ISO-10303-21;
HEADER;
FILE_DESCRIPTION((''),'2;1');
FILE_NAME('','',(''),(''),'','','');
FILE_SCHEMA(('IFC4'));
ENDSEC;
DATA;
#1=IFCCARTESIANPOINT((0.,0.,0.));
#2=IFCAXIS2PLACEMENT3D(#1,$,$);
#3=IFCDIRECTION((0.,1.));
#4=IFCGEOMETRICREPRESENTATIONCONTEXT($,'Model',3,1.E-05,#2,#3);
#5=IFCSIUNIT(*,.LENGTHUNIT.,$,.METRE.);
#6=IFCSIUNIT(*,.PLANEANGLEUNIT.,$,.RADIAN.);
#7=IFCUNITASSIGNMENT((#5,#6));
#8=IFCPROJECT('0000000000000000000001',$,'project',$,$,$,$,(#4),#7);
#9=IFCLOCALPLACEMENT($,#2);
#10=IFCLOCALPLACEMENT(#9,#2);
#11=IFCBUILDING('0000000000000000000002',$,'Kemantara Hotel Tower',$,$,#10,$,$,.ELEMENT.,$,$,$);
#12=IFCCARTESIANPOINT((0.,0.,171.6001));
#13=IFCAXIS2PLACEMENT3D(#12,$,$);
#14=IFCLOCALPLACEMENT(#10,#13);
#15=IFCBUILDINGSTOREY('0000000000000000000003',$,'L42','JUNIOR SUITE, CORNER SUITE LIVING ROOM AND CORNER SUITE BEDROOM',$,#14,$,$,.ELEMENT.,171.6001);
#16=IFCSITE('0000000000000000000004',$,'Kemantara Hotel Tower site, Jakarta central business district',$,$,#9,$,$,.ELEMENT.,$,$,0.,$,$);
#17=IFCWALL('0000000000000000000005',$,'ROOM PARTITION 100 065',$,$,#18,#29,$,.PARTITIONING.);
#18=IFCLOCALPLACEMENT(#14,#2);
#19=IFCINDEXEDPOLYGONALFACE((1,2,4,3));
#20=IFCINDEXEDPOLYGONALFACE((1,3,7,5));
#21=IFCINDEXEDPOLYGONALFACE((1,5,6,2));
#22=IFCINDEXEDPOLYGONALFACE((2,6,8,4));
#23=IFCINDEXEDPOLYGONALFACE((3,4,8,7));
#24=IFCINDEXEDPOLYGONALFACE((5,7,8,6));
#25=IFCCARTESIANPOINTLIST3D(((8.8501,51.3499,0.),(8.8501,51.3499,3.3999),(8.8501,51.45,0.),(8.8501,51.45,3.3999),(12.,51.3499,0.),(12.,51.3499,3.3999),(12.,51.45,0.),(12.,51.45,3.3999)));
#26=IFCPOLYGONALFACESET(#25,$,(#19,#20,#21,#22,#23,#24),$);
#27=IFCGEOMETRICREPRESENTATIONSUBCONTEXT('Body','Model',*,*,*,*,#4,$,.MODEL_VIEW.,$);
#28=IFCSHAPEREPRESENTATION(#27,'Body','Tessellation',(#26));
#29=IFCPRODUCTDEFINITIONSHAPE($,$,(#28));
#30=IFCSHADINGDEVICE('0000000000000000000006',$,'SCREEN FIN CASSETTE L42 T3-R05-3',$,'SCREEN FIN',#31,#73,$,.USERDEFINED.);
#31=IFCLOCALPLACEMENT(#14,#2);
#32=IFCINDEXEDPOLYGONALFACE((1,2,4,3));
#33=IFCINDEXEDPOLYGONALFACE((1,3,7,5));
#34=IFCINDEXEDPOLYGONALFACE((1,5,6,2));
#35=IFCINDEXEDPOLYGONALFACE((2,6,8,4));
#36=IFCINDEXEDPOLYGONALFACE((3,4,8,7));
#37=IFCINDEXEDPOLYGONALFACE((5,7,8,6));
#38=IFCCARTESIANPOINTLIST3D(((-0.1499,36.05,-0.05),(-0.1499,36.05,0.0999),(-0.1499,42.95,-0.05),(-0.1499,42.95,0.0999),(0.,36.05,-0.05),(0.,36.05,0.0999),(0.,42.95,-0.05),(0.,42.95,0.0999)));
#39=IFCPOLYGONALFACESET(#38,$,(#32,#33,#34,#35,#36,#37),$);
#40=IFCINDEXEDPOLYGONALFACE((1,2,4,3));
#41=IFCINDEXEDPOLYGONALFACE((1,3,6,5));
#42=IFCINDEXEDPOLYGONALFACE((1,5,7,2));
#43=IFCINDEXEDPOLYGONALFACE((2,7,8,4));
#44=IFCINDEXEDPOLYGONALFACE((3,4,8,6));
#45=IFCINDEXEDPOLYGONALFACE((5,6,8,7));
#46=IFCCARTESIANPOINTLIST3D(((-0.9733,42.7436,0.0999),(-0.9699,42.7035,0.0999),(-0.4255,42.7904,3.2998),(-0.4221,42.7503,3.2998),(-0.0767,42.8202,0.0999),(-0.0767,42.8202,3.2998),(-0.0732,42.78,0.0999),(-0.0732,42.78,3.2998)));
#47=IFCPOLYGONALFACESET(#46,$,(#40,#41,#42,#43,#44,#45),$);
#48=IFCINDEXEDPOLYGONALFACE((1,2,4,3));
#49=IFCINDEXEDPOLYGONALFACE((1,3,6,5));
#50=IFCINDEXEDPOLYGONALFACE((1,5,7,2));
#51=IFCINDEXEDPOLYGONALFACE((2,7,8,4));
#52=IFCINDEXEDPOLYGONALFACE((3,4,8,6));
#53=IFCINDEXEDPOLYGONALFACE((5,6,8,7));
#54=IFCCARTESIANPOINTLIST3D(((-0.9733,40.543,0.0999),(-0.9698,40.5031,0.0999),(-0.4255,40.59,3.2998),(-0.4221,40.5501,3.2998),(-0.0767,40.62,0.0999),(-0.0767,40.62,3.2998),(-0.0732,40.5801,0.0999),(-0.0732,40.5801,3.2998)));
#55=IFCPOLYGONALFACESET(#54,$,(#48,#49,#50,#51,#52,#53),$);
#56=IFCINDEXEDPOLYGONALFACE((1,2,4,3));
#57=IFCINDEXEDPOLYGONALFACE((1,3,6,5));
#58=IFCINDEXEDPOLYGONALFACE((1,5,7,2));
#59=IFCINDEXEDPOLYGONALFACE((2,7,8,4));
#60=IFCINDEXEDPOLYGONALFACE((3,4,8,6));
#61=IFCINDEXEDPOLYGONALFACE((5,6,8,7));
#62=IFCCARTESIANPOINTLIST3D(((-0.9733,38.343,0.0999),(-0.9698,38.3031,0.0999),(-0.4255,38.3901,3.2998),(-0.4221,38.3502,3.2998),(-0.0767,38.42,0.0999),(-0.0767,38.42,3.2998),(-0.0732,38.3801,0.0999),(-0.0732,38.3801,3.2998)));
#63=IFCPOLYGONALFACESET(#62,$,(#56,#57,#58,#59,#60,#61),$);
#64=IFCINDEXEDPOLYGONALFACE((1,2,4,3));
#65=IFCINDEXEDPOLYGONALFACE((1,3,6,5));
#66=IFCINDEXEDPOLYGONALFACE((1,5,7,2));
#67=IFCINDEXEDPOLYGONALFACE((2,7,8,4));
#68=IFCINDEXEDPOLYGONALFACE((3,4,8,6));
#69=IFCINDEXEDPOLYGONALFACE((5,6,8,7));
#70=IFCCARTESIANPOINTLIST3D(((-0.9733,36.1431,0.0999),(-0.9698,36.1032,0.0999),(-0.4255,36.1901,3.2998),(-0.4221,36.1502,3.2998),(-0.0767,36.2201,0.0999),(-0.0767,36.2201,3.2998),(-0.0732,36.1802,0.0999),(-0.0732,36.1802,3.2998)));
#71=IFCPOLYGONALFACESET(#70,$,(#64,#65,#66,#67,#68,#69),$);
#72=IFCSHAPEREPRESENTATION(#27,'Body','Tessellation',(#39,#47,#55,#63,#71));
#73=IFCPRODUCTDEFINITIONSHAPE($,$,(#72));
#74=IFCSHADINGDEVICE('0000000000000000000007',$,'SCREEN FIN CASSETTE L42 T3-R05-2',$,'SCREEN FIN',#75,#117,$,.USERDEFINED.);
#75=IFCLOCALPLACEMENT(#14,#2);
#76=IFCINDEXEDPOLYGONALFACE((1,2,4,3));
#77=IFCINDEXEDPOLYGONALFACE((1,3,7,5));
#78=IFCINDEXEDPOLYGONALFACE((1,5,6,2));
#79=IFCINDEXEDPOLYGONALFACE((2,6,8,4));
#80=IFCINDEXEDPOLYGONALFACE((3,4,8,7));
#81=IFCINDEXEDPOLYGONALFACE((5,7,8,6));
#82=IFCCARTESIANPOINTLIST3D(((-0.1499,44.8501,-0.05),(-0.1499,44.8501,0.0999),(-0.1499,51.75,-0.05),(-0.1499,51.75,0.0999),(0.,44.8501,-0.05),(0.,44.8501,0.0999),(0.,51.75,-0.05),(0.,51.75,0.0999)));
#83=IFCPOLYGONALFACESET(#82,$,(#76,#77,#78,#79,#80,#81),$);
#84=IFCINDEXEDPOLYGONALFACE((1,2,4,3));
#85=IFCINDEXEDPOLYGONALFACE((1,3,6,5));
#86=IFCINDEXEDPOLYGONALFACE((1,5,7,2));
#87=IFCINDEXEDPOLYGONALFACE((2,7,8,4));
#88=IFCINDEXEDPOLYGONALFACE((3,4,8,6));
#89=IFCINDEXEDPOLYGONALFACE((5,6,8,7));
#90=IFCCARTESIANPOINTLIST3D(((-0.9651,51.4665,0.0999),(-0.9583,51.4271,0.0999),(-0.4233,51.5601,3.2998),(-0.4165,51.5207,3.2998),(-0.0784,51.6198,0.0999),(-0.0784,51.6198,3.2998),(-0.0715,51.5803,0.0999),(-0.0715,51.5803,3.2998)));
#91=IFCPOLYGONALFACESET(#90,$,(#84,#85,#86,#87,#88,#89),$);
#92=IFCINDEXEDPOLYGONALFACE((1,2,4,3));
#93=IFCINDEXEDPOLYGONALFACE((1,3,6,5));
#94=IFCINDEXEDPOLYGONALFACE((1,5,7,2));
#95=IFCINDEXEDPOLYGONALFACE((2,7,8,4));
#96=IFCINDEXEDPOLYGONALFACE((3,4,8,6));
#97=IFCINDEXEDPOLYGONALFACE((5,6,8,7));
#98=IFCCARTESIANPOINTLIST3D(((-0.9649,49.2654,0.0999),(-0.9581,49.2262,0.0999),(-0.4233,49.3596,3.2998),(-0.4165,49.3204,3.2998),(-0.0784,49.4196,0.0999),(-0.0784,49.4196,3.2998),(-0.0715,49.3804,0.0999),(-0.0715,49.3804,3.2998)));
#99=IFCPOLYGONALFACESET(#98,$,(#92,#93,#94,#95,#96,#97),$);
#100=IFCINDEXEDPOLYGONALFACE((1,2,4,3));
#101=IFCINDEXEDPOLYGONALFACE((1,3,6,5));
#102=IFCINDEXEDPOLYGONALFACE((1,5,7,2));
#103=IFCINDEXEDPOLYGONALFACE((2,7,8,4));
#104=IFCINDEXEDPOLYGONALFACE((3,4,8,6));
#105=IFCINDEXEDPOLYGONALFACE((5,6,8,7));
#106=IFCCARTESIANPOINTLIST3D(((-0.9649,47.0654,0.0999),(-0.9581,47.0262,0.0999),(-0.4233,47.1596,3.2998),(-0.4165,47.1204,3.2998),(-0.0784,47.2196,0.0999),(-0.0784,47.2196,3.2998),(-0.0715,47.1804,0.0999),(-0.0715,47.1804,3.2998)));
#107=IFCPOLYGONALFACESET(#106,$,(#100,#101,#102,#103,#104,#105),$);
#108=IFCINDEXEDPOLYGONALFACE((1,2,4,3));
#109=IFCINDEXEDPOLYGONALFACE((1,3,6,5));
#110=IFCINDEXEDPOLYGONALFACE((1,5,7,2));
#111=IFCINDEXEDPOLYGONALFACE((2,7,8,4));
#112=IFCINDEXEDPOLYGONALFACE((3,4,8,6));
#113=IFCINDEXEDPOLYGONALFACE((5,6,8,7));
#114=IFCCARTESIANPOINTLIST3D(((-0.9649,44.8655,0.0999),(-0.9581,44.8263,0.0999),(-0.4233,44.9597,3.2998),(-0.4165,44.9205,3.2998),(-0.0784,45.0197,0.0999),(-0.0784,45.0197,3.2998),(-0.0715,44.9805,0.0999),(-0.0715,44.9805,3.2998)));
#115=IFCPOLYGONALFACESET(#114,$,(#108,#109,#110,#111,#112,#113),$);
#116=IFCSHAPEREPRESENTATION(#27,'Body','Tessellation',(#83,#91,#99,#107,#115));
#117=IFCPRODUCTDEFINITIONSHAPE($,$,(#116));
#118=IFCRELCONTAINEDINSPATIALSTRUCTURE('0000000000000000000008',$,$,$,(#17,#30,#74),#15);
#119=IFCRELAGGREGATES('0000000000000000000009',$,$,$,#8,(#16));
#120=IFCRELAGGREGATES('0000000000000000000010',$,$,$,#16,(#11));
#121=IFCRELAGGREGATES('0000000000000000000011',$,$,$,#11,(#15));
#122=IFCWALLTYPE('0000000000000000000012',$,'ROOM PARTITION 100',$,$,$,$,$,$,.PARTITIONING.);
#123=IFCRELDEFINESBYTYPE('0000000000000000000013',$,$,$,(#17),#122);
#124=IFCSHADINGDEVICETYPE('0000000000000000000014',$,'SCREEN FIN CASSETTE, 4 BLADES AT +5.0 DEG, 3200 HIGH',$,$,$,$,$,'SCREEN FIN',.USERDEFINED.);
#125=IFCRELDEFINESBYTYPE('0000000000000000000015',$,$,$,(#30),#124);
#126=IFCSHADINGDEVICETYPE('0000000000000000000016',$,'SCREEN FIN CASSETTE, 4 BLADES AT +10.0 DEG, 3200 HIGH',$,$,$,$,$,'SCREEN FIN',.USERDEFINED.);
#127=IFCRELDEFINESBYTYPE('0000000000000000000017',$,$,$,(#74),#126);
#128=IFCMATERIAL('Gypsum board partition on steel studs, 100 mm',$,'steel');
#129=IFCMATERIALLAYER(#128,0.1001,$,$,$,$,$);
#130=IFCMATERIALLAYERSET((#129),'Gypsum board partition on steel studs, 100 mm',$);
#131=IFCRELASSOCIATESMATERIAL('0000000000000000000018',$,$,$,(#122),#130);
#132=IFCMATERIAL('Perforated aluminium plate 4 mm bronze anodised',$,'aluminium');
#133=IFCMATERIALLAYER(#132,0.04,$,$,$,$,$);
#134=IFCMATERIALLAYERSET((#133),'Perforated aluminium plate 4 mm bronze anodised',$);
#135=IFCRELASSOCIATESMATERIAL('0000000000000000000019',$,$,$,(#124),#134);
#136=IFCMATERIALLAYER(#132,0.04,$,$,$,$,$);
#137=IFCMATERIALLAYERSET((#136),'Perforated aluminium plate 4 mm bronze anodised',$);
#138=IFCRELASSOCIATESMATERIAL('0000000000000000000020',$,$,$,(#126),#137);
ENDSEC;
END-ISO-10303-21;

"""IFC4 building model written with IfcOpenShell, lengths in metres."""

from ifc_helpers import new_model, si_unit, direction, frame, frame_2d, origin, origin_2d, place, context, subcontext, project, spatial, polyline, rectangle, outline, extrude, source, transform, mapped, material, layer, layer_set, type_object, element, save


model = new_model("IFC4")

# Units and contexts
model_context = context("Model", 3, precision=1e-05, world=origin(), true_north=direction((0.0, 1.0)))
body_context = subcontext(model_context, "Body", "Model", "MODEL_VIEW")
ifc_project = project(units=[si_unit("LENGTHUNIT", "METRE"), si_unit("PLANEANGLEUNIT", "RADIAN")], contexts=[model_context])

# Site, building, storey
site_placement = place(None, origin())
site = spatial("IfcSite", under=ifc_project, at=site_placement, Name="Kemantara Hotel Tower site, Jakarta central business district", CompositionType="ELEMENT", RefElevation=0.0)
building_placement = place(site_placement, origin())
building = spatial("IfcBuilding", under=site, at=building_placement, Name="Kemantara Hotel Tower", CompositionType="ELEMENT")
storey_placement = place(building_placement, frame((0.0, 0.0, 171.6001)))
storey = spatial("IfcBuildingStorey", under=building, at=storey_placement, Name="L42", Description="JUNIOR SUITE, CORNER SUITE LIVING ROOM AND CORNER SUITE BEDROOM", CompositionType="ELEMENT", Elevation=171.6001)

# Shared definitions
ifc_material_1 = material(Name="Gypsum board partition on steel studs, 100 mm", Category="steel")
ifc_layer_1 = layer(ifc_material_1, 0.1001)
ifc_layer_set_1 = layer_set([ifc_layer_1], Name="Gypsum board partition on steel studs, 100 mm")
wall_type_1 = type_object("IfcWallType", Name="ROOM PARTITION 100", PredefinedType="PARTITIONING", material=ifc_layer_set_1)

# Wall
wall_1_placement = place(storey_placement, frame((8.8501, 51.3999, 0.0), z_axis=(0.0, 0.0, 1.0), x_axis=(1.0, 0.0, 0.0)))
element("IfcWall", 1, at=wall_1_placement, inside=storey, type_object=wall_type_1, Name="ROOM PARTITION 100 065", PredefinedType="PARTITIONING", context=body_context, shape_type="SweptSolid", body=[
    extrude(rectangle(XDim=3.1499, YDim=0.1001, at=frame_2d((1.575, 0.0))), origin(), (0.0, 0.0, 1.0), 3.3999),
])

# Shading devices
ifc_material_2 = material(Name="Perforated aluminium plate 4 mm bronze anodised", Category="aluminium")
ifc_layer_2 = layer(ifc_material_2, 0.04)
ifc_layer_set_2 = layer_set([ifc_layer_2], Name="Perforated aluminium plate 4 mm bronze anodised")
shading_device_type_1 = type_object("IfcShadingDeviceType", Name="SCREEN FIN CASSETTE, 4 BLADES AT +5.0 DEG, 3200 HIGH", ElementType="SCREEN FIN", PredefinedType="USERDEFINED", material=ifc_layer_set_2)
shared_shape_1 = source(origin(), body_context, "Body", "SweptSolid", [
    extrude(rectangle(XDim=6.8999, YDim=0.1499, at=origin_2d()), frame((3.3, -0.075, -0.1499), z_axis=(0.0, 0.0, 1.0), x_axis=(1.0, 0.0, 0.0)), (0.0, 0.0, 1.0), 0.1499),
    extrude(outline(polyline([(0.0, 0.0), (0.8999, 0.0), (0.3501, 3.2), (0.0, 3.2), (0.0, 0.0)])), frame((0.02, -0.0732, 0.0), z_axis=(-0.996376, -0.085056, 0.0), x_axis=(0.085056, -0.996376, 0.0)), (0.0, 0.0, 1.0), 0.0403),
    extrude(outline(polyline([(0.0, 0.0), (0.8999, 0.0), (0.3501, 3.2), (0.0, 3.2), (0.0, 0.0)])), frame((2.22, -0.0732, 0.0), z_axis=(-0.996332, -0.085575, 0.0), x_axis=(0.085575, -0.996332, 0.0)), (0.0, 0.0, 1.0), 0.04),
    extrude(outline(polyline([(0.0, 0.0), (0.8999, 0.0), (0.3501, 3.2), (0.0, 3.2), (0.0, 0.0)])), frame((4.4199, -0.0732, 0.0), z_axis=(-0.996332, -0.085575, 0.0), x_axis=(0.085575, -0.996332, 0.0)), (0.0, 0.0, 1.0), 0.04),
    extrude(outline(polyline([(0.0, 0.0), (0.8999, 0.0), (0.3501, 3.2), (0.0, 3.2), (0.0, 0.0)])), frame((6.6199, -0.0732, 0.0), z_axis=(-0.996332, -0.085575, 0.0), x_axis=(0.085575, -0.996332, 0.0)), (0.0, 0.0, 1.0), 0.04),
])
shading_device_1_placement = place(storey_placement, frame((0.0, 42.8, 0.0999), z_axis=(0.0, 0.0, 1.0), x_axis=(0.0, -1.0, 0.0)))
element("IfcShadingDevice", 2, at=shading_device_1_placement, inside=storey, type_object=shading_device_type_1, Name="SCREEN FIN CASSETTE L42 T3-R05-3", ObjectType="SCREEN FIN", PredefinedType="USERDEFINED", context=body_context, shape_type="MappedRepresentation", body=[
    mapped(shared_shape_1, transform((0.0, 0.0, 0.0))),
])
ifc_layer_3 = layer(ifc_material_2, 0.04)
ifc_layer_set_3 = layer_set([ifc_layer_3], Name="Perforated aluminium plate 4 mm bronze anodised")
shading_device_type_2 = type_object("IfcShadingDeviceType", Name="SCREEN FIN CASSETTE, 4 BLADES AT +10.0 DEG, 3200 HIGH", ElementType="SCREEN FIN", PredefinedType="USERDEFINED", material=ifc_layer_set_3)
shared_shape_2 = source(origin(), body_context, "Body", "SweptSolid", [
    extrude(rectangle(XDim=6.8999, YDim=0.1499, at=origin_2d()), frame((3.3, -0.075, -0.1499), z_axis=(0.0, 0.0, 1.0), x_axis=(1.0, 0.0, 0.0)), (0.0, 0.0, 1.0), 0.1499),
    extrude(outline(polyline([(0.0, 0.0), (0.8999, 0.0), (0.3501, 3.2), (0.0, 3.2), (0.0, 0.0)])), frame((0.0198, -0.0715, 0.0), z_axis=(-0.98539, -0.170314, 0.0), x_axis=(0.170314, -0.98539, 0.0)), (0.0, 0.0, 1.0), 0.04),
    extrude(outline(polyline([(0.0, 0.0), (0.8999, 0.0), (0.3501, 3.2), (0.0, 3.2), (0.0, 0.0)])), frame((2.2197, -0.0715, 0.0), z_axis=(-0.985212, -0.171341, 0.0), x_axis=(0.171341, -0.985212, 0.0)), (0.0, 0.0, 1.0), 0.0398),
    extrude(outline(polyline([(0.0, 0.0), (0.8999, 0.0), (0.3501, 3.2), (0.0, 3.2), (0.0, 0.0)])), frame((4.4197, -0.0715, 0.0), z_axis=(-0.985212, -0.171341, 0.0), x_axis=(0.171341, -0.985212, 0.0)), (0.0, 0.0, 1.0), 0.0398),
    extrude(outline(polyline([(0.0, 0.0), (0.8999, 0.0), (0.3501, 3.2), (0.0, 3.2), (0.0, 0.0)])), frame((6.6196, -0.0715, 0.0), z_axis=(-0.985212, -0.171341, 0.0), x_axis=(0.171341, -0.985212, 0.0)), (0.0, 0.0, 1.0), 0.0398),
])
shading_device_2_placement = place(storey_placement, frame((0.0, 51.6001, 0.0999), z_axis=(0.0, 0.0, 1.0), x_axis=(0.0, -1.0, 0.0)))
element("IfcShadingDevice", 3, at=shading_device_2_placement, inside=storey, type_object=shading_device_type_2, Name="SCREEN FIN CASSETTE L42 T3-R05-2", ObjectType="SCREEN FIN", PredefinedType="USERDEFINED", context=body_context, shape_type="MappedRepresentation", body=[
    mapped(shared_shape_2, transform((0.0, 0.0, 0.0))),
])

save(model, "model.ifc")
